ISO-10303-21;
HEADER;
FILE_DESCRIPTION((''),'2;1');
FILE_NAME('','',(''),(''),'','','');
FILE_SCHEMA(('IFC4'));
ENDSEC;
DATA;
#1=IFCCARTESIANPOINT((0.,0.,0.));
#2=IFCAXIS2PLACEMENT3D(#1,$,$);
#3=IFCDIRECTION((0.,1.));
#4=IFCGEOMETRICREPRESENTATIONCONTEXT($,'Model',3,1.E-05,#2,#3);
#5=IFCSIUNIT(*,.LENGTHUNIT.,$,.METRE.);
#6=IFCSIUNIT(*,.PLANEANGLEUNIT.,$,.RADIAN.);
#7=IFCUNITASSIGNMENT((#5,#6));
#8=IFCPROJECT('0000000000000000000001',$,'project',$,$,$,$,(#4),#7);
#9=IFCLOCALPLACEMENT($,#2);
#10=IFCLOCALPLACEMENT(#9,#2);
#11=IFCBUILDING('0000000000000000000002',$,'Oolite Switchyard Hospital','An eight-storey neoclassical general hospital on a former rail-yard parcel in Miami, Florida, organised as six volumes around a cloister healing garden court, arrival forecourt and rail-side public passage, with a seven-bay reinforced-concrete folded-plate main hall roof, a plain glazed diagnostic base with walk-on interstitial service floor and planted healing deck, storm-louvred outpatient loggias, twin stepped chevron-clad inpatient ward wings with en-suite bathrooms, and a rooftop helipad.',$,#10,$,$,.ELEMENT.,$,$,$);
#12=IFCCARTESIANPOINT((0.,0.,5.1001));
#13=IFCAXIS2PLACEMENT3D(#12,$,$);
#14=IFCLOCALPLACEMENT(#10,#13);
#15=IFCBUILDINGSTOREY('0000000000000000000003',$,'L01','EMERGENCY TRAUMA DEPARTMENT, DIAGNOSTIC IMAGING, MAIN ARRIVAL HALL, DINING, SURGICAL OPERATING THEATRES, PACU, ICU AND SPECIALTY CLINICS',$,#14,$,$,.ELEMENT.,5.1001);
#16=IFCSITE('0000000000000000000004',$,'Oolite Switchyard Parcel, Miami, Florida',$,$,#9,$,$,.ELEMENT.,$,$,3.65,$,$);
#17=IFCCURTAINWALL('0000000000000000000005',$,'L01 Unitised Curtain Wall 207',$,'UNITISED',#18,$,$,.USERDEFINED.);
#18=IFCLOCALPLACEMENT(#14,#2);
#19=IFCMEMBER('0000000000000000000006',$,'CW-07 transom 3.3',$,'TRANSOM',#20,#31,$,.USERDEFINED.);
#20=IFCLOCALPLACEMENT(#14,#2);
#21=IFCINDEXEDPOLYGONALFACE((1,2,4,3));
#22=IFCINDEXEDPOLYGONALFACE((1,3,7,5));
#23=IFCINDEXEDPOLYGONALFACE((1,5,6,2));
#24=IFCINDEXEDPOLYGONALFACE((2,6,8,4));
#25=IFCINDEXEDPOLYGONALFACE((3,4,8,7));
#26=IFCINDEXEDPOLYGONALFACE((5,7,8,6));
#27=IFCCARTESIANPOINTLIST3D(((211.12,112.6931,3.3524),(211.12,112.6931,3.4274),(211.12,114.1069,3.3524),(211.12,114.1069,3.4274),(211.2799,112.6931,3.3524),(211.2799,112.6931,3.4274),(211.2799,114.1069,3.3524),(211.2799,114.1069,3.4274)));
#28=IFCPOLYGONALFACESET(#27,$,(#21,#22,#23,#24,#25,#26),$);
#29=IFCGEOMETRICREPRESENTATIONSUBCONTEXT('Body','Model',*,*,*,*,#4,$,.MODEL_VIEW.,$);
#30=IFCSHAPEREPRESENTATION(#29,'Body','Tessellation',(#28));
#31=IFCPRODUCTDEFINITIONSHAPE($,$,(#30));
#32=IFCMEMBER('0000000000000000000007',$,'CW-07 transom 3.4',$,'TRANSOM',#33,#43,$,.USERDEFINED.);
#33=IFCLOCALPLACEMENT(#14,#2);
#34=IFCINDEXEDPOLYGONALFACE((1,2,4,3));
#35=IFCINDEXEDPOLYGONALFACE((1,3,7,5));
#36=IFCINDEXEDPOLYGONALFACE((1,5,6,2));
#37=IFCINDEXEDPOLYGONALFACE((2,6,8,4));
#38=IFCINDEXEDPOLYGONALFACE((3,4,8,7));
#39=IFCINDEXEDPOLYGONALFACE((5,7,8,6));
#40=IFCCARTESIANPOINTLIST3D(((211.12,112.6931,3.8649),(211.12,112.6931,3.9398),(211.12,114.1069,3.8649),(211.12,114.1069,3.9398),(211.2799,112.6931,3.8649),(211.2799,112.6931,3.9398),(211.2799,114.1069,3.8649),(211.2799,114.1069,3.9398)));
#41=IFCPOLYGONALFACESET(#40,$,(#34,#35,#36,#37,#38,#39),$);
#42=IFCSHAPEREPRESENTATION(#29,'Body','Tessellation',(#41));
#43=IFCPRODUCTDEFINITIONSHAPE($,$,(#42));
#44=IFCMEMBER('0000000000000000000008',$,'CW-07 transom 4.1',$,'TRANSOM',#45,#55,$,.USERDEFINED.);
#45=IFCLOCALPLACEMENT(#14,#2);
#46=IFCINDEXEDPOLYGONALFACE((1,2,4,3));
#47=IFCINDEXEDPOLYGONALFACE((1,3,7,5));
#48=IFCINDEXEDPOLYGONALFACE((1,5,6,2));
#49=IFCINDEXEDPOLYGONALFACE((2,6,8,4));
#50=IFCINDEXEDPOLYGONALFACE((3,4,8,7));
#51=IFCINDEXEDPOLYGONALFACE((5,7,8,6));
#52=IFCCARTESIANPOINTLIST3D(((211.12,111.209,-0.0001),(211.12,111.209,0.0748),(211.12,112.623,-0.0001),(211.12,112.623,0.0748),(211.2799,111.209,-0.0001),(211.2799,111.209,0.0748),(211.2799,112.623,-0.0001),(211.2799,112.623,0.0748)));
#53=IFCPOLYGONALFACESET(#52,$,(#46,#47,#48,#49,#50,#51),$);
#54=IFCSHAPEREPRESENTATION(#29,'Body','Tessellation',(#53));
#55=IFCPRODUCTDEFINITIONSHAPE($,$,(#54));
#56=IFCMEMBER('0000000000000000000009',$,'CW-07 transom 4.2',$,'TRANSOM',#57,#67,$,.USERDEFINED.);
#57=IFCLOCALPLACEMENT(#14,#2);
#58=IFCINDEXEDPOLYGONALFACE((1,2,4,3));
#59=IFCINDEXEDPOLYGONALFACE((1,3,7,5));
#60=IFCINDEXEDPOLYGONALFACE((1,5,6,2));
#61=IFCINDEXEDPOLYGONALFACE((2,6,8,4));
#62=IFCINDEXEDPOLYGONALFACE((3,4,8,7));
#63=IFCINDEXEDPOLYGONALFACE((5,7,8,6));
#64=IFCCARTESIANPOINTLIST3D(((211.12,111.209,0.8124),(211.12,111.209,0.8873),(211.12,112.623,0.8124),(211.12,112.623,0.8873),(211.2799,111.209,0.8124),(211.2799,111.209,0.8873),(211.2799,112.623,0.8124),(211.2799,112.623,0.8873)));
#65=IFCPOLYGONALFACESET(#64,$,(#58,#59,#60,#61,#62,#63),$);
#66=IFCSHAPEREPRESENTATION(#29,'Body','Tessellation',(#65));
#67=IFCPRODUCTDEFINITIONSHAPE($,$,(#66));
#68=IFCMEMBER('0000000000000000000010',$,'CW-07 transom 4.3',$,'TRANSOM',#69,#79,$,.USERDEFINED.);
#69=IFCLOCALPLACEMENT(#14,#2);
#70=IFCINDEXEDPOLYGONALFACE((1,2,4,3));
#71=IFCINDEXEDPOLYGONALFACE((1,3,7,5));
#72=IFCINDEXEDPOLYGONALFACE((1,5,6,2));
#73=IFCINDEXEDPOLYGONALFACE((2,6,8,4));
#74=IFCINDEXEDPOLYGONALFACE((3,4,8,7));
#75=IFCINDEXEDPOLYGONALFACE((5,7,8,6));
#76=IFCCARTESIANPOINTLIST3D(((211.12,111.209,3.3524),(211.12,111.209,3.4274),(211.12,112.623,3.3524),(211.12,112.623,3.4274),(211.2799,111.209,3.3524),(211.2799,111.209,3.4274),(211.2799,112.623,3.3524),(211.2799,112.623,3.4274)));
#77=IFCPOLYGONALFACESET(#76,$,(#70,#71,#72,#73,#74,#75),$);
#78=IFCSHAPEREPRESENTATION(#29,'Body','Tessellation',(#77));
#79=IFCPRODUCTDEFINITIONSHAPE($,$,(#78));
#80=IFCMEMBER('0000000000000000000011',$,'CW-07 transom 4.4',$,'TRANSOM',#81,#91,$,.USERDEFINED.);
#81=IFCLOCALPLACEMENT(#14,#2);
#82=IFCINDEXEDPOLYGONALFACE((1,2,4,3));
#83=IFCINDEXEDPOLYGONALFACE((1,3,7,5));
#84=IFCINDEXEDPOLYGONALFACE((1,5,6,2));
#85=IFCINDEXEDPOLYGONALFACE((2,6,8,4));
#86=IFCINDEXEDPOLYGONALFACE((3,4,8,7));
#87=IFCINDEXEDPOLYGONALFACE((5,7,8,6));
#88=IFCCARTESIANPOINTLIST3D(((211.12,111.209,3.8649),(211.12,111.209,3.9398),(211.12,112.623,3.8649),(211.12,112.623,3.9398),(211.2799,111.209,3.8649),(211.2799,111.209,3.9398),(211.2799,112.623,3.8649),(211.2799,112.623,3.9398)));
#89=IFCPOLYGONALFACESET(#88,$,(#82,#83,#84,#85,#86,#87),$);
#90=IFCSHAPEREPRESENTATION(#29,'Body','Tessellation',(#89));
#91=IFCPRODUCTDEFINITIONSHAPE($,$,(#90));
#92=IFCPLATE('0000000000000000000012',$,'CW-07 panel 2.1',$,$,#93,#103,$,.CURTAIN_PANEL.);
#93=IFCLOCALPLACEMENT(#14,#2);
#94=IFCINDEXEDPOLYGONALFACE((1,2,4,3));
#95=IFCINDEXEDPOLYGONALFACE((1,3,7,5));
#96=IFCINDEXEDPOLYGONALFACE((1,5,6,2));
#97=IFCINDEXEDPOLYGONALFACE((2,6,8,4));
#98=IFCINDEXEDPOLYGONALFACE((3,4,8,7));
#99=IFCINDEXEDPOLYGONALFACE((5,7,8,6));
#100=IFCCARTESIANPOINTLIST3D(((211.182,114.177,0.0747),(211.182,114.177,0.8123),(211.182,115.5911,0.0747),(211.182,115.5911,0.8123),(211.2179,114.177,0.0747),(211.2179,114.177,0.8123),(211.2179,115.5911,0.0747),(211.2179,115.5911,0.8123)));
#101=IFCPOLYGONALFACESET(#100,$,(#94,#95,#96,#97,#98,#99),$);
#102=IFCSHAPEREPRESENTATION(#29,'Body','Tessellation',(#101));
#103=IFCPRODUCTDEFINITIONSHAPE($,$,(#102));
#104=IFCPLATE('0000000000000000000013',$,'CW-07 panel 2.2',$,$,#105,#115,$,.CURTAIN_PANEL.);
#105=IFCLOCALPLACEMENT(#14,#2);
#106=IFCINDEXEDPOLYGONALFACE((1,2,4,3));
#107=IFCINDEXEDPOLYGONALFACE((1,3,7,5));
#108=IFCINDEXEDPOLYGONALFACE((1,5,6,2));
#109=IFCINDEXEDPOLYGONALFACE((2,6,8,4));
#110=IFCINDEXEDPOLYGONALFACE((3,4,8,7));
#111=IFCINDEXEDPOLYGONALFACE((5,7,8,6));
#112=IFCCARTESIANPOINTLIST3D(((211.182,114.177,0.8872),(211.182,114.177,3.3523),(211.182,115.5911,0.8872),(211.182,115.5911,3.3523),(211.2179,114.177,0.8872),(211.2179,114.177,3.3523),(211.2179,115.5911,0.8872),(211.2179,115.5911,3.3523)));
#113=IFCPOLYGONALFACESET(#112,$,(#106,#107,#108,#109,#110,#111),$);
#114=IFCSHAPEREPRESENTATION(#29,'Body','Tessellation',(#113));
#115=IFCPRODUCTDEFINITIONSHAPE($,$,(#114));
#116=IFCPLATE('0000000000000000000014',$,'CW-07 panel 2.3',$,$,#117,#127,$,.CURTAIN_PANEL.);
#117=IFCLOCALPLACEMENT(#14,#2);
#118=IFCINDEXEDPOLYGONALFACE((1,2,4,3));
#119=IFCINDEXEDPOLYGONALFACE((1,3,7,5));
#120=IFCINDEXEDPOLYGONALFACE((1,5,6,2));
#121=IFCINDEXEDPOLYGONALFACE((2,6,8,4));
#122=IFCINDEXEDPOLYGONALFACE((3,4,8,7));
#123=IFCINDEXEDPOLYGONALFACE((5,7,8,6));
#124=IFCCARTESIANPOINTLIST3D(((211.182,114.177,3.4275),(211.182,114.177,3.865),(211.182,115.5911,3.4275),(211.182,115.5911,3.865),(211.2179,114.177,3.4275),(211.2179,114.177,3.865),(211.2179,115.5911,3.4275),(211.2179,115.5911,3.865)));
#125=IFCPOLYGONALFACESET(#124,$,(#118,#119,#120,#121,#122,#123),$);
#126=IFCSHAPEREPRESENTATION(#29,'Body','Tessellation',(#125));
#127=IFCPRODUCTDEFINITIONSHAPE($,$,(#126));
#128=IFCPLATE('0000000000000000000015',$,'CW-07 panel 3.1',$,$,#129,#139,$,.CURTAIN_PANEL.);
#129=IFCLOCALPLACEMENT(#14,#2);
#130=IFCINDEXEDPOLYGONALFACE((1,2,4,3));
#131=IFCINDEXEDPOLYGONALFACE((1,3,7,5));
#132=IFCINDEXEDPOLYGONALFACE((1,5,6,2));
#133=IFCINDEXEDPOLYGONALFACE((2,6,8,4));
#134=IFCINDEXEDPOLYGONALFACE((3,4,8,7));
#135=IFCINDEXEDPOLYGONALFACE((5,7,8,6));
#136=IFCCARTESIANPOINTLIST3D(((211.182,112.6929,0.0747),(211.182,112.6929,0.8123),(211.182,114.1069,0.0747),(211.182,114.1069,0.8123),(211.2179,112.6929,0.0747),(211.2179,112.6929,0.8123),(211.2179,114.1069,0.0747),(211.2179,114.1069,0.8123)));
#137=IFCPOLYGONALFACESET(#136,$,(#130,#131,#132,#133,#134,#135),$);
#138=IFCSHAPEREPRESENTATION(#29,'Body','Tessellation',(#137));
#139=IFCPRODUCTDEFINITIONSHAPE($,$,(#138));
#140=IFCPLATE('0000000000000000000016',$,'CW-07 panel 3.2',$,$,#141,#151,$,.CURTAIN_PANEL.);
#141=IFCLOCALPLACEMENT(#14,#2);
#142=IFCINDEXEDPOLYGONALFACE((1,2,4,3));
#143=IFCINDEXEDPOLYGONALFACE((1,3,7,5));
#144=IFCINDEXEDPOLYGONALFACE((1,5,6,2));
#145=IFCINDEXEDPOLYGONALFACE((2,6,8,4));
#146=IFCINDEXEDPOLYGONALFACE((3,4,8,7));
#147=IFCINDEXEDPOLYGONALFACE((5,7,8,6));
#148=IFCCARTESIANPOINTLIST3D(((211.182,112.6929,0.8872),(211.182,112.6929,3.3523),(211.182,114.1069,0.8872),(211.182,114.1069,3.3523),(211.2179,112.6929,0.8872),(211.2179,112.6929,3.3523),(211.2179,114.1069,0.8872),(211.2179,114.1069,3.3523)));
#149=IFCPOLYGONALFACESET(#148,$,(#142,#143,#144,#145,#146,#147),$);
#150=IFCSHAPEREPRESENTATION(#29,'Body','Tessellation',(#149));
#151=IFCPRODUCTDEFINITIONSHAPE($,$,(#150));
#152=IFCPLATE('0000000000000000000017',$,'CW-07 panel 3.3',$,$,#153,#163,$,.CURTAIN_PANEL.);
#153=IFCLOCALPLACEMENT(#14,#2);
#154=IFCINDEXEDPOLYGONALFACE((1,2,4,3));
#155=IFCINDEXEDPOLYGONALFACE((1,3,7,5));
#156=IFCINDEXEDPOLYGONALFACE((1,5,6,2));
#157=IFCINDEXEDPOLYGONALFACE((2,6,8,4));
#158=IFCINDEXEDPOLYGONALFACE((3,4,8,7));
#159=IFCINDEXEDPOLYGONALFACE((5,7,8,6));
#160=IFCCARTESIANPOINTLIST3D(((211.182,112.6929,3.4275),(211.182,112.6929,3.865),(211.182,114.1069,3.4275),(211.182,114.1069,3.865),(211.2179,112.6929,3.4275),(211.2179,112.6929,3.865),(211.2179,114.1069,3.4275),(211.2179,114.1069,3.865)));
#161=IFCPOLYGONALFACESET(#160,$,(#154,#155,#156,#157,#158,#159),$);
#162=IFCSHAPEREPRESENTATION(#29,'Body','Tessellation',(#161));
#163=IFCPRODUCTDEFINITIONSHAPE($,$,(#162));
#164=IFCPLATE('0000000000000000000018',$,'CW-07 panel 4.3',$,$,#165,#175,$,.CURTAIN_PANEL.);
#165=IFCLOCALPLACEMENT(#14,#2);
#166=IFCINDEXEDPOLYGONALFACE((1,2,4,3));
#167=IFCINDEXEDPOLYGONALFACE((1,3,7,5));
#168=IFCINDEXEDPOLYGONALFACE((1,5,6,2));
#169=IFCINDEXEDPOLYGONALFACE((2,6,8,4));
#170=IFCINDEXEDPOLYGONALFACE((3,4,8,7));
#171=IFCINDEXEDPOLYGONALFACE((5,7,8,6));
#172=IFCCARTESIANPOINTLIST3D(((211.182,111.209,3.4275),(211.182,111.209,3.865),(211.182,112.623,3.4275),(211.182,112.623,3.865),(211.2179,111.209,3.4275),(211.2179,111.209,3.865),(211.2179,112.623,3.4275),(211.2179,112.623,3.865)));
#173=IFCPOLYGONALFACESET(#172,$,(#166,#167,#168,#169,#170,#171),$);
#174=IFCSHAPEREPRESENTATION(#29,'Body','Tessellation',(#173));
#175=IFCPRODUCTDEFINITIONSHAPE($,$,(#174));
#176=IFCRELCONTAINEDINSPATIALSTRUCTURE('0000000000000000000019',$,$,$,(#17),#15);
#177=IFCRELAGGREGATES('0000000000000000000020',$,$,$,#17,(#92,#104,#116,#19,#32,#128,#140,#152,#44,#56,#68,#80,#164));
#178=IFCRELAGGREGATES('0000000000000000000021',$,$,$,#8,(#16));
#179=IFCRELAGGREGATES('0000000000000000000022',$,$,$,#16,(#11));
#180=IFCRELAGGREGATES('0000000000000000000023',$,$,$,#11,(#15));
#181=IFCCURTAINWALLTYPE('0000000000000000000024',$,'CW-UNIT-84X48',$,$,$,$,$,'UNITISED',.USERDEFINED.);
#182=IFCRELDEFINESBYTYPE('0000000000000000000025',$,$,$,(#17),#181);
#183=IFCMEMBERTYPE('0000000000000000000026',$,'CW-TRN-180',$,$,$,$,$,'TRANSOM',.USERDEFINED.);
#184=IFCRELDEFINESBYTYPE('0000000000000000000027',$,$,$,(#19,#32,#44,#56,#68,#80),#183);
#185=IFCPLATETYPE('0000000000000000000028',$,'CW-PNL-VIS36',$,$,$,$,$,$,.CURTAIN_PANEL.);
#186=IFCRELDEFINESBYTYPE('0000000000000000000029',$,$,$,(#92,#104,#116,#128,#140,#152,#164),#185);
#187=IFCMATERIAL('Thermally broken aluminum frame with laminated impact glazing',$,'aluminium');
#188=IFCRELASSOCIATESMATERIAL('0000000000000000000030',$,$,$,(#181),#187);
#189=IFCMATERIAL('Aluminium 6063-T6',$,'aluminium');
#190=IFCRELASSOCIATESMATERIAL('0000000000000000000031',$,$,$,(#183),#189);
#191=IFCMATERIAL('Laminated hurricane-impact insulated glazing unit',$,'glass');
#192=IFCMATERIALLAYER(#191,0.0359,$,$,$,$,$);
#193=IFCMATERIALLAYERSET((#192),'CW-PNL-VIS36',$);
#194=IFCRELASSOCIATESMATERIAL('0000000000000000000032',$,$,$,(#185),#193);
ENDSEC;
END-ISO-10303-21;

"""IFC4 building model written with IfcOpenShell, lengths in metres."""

from ifc_helpers import new_model, si_unit, direction, frame, origin, origin_2d, place, context, subcontext, project, spatial, rectangle, extrude, material, layer, layer_set, material_profile, profile_set, type_object, element, aggregate, save


model = new_model("IFC4")

# Units and contexts
model_context = context("Model", 3, precision=1e-05, world=origin(), true_north=direction((0.0, 1.0)))
body_context = subcontext(model_context, "Body", "Model", "MODEL_VIEW")
ifc_project = project(units=[si_unit("LENGTHUNIT", "METRE"), si_unit("PLANEANGLEUNIT", "RADIAN")], contexts=[model_context])

# Site, building, storey
site_placement = place(None, origin())
site = spatial("IfcSite", under=ifc_project, at=site_placement, Name="Oolite Switchyard Parcel, Miami, Florida", CompositionType="ELEMENT", RefElevation=3.65)
building_placement = place(site_placement, origin())
building = spatial("IfcBuilding", under=site, at=building_placement, Name="Oolite Switchyard Hospital", Description="An eight-storey neoclassical general hospital on a former rail-yard parcel in Miami, Florida, organised as six volumes around a cloister healing garden court, arrival forecourt and rail-side public passage, with a seven-bay reinforced-concrete folded-plate main hall roof, a plain glazed diagnostic base with walk-on interstitial service floor and planted healing deck, storm-louvred outpatient loggias, twin stepped chevron-clad inpatient ward wings with en-suite bathrooms, and a rooftop helipad.", CompositionType="ELEMENT")
storey_placement = place(building_placement, frame((0.0, 0.0, 5.1001)))
storey = spatial("IfcBuildingStorey", under=building, at=storey_placement, Name="L01", Description="EMERGENCY TRAUMA DEPARTMENT, DIAGNOSTIC IMAGING, MAIN ARRIVAL HALL, DINING, SURGICAL OPERATING THEATRES, PACU, ICU AND SPECIALTY CLINICS", CompositionType="ELEMENT", Elevation=5.1001)

# Curtain wall, members, plates
ifc_material_1 = material(Name="Thermally broken aluminum frame with laminated impact glazing", Category="aluminium")
curtain_wall_type = type_object("IfcCurtainWallType", Name="CW-UNIT-84X48", ElementType="UNITISED", PredefinedType="USERDEFINED", material=ifc_material_1)
curtain_wall_placement = place(storey_placement, origin())
curtain_wall = element("IfcCurtainWall", 1, at=curtain_wall_placement, inside=storey, type_object=curtain_wall_type, Name="L01 Unitised Curtain Wall 207", ObjectType="UNITISED", PredefinedType="USERDEFINED")
ifc_material_2 = material(Name="Aluminium 6063-T6", Category="aluminium")
ifc_material_profile_1 = material_profile(ifc_material_2, rectangle(XDim=0.1599, YDim=0.075, at=origin_2d()), Name="CWT75X160")
ifc_profile_set_1 = profile_set([ifc_material_profile_1], Name="Aluminium 6063-T6")
member_type_1 = type_object("IfcMemberType", Name="CW-TRN-180", ElementType="TRANSOM", PredefinedType="USERDEFINED", material=ifc_profile_set_1)
member_1_placement = place(storey_placement, frame((211.2, 114.1069, 3.3899), z_axis=(0.0, -1.0, 0.0), x_axis=(1.0, 0.0, 0.0)))
member_1 = element("IfcMember", 2, at=member_1_placement, type_object=member_type_1, Name="CW-07 transom 3.3", ObjectType="TRANSOM", PredefinedType="USERDEFINED", context=body_context, shape_type="SweptSolid", body=[
    extrude(rectangle(XDim=0.1599, YDim=0.075, at=origin_2d()), origin(), (0.0, 0.0, 1.0), 1.4138),
])
member_2_placement = place(storey_placement, frame((211.2, 114.1069, 3.9023), z_axis=(0.0, -1.0, 0.0), x_axis=(1.0, 0.0, 0.0)))
member_2 = element("IfcMember", 3, at=member_2_placement, type_object=member_type_1, Name="CW-07 transom 3.4", ObjectType="TRANSOM", PredefinedType="USERDEFINED", context=body_context, shape_type="SweptSolid", body=[
    extrude(rectangle(XDim=0.1599, YDim=0.075, at=origin_2d()), origin(), (0.0, 0.0, 1.0), 1.4138),
])
member_3_placement = place(storey_placement, frame((211.2, 112.623, 0.0374), z_axis=(0.0, -1.0, 0.0), x_axis=(1.0, 0.0, 0.0)))
member_3 = element("IfcMember", 4, at=member_3_placement, type_object=member_type_1, Name="CW-07 transom 4.1", ObjectType="TRANSOM", PredefinedType="USERDEFINED", context=body_context, shape_type="SweptSolid", body=[
    extrude(rectangle(XDim=0.1599, YDim=0.075, at=origin_2d()), origin(), (0.0, 0.0, 1.0), 1.4141),
])
member_4_placement = place(storey_placement, frame((211.2, 112.623, 0.8499), z_axis=(0.0, -1.0, 0.0), x_axis=(1.0, 0.0, 0.0)))
member_4 = element("IfcMember", 5, at=member_4_placement, type_object=member_type_1, Name="CW-07 transom 4.2", ObjectType="TRANSOM", PredefinedType="USERDEFINED", context=body_context, shape_type="SweptSolid", body=[
    extrude(rectangle(XDim=0.1599, YDim=0.075, at=origin_2d()), origin(), (0.0, 0.0, 1.0), 1.4141),
])
member_5_placement = place(storey_placement, frame((211.2, 112.623, 3.3899), z_axis=(0.0, -1.0, 0.0), x_axis=(1.0, 0.0, 0.0)))
member_5 = element("IfcMember", 6, at=member_5_placement, type_object=member_type_1, Name="CW-07 transom 4.3", ObjectType="TRANSOM", PredefinedType="USERDEFINED", context=body_context, shape_type="SweptSolid", body=[
    extrude(rectangle(XDim=0.1599, YDim=0.075, at=origin_2d()), origin(), (0.0, 0.0, 1.0), 1.4141),
])
member_6_placement = place(storey_placement, frame((211.2, 112.623, 3.9023), z_axis=(0.0, -1.0, 0.0), x_axis=(1.0, 0.0, 0.0)))
member_6 = element("IfcMember", 7, at=member_6_placement, type_object=member_type_1, Name="CW-07 transom 4.4", ObjectType="TRANSOM", PredefinedType="USERDEFINED", context=body_context, shape_type="SweptSolid", body=[
    extrude(rectangle(XDim=0.1599, YDim=0.075, at=origin_2d()), origin(), (0.0, 0.0, 1.0), 1.4141),
])
ifc_material_3 = material(Name="Laminated hurricane-impact insulated glazing unit", Category="glass")
ifc_layer = layer(ifc_material_3, 0.0359)
ifc_layer_set = layer_set([ifc_layer], Name="CW-PNL-VIS36")
plate_type = type_object("IfcPlateType", Name="CW-PNL-VIS36", PredefinedType="CURTAIN_PANEL", material=ifc_layer_set)
plate_1_placement = place(storey_placement, frame((211.2, 114.884, 0.0747), z_axis=(0.0, 0.0, 1.0), x_axis=(0.0, -1.0, 0.0)))
plate_1 = element("IfcPlate", 8, at=plate_1_placement, type_object=plate_type, Name="CW-07 panel 2.1", PredefinedType="CURTAIN_PANEL", context=body_context, shape_type="SweptSolid", body=[
    extrude(rectangle(XDim=1.4141, YDim=0.0359, at=origin_2d()), origin(), (0.0, 0.0, 1.0), 0.7375),
])
plate_2_placement = place(storey_placement, frame((211.2, 114.884, 0.8872), z_axis=(0.0, 0.0, 1.0), x_axis=(0.0, -1.0, 0.0)))
plate_2 = element("IfcPlate", 9, at=plate_2_placement, type_object=plate_type, Name="CW-07 panel 2.2", PredefinedType="CURTAIN_PANEL", context=body_context, shape_type="SweptSolid", body=[
    extrude(rectangle(XDim=1.4141, YDim=0.0359, at=origin_2d()), origin(), (0.0, 0.0, 1.0), 2.4651),
])
plate_3_placement = place(storey_placement, frame((211.2, 114.884, 3.4275), z_axis=(0.0, 0.0, 1.0), x_axis=(0.0, -1.0, 0.0)))
plate_3 = element("IfcPlate", 10, at=plate_3_placement, type_object=plate_type, Name="CW-07 panel 2.3", PredefinedType="CURTAIN_PANEL", context=body_context, shape_type="SweptSolid", body=[
    extrude(rectangle(XDim=1.4141, YDim=0.0359, at=origin_2d()), origin(), (0.0, 0.0, 1.0), 0.4375),
])
plate_4_placement = place(storey_placement, frame((211.2, 113.3999, 0.0747), z_axis=(0.0, 0.0, 1.0), x_axis=(0.0, -1.0, 0.0)))
plate_4 = element("IfcPlate", 11, at=plate_4_placement, type_object=plate_type, Name="CW-07 panel 3.1", PredefinedType="CURTAIN_PANEL", context=body_context, shape_type="SweptSolid", body=[
    extrude(rectangle(XDim=1.4141, YDim=0.0359, at=origin_2d()), origin(), (0.0, 0.0, 1.0), 0.7375),
])
plate_5_placement = place(storey_placement, frame((211.2, 113.3999, 0.8872), z_axis=(0.0, 0.0, 1.0), x_axis=(0.0, -1.0, 0.0)))
plate_5 = element("IfcPlate", 12, at=plate_5_placement, type_object=plate_type, Name="CW-07 panel 3.2", PredefinedType="CURTAIN_PANEL", context=body_context, shape_type="SweptSolid", body=[
    extrude(rectangle(XDim=1.4141, YDim=0.0359, at=origin_2d()), origin(), (0.0, 0.0, 1.0), 2.4651),
])
plate_6_placement = place(storey_placement, frame((211.2, 113.3999, 3.4275), z_axis=(0.0, 0.0, 1.0), x_axis=(0.0, -1.0, 0.0)))
plate_6 = element("IfcPlate", 13, at=plate_6_placement, type_object=plate_type, Name="CW-07 panel 3.3", PredefinedType="CURTAIN_PANEL", context=body_context, shape_type="SweptSolid", body=[
    extrude(rectangle(XDim=1.4141, YDim=0.0359, at=origin_2d()), origin(), (0.0, 0.0, 1.0), 0.4375),
])
plate_7_placement = place(storey_placement, frame((211.2, 111.916, 3.4275), z_axis=(0.0, 0.0, 1.0), x_axis=(0.0, -1.0, 0.0)))
plate_7 = element("IfcPlate", 14, at=plate_7_placement, type_object=plate_type, Name="CW-07 panel 4.3", PredefinedType="CURTAIN_PANEL", context=body_context, shape_type="SweptSolid", body=[
    extrude(rectangle(XDim=1.4141, YDim=0.0359, at=origin_2d()), origin(), (0.0, 0.0, 1.0), 0.4375),
])
aggregate(curtain_wall, [plate_1, plate_2, plate_3, member_1, member_2, plate_4, plate_5, plate_6, member_3, member_4, member_5, member_6, plate_7])

save(model, "model.ifc")
